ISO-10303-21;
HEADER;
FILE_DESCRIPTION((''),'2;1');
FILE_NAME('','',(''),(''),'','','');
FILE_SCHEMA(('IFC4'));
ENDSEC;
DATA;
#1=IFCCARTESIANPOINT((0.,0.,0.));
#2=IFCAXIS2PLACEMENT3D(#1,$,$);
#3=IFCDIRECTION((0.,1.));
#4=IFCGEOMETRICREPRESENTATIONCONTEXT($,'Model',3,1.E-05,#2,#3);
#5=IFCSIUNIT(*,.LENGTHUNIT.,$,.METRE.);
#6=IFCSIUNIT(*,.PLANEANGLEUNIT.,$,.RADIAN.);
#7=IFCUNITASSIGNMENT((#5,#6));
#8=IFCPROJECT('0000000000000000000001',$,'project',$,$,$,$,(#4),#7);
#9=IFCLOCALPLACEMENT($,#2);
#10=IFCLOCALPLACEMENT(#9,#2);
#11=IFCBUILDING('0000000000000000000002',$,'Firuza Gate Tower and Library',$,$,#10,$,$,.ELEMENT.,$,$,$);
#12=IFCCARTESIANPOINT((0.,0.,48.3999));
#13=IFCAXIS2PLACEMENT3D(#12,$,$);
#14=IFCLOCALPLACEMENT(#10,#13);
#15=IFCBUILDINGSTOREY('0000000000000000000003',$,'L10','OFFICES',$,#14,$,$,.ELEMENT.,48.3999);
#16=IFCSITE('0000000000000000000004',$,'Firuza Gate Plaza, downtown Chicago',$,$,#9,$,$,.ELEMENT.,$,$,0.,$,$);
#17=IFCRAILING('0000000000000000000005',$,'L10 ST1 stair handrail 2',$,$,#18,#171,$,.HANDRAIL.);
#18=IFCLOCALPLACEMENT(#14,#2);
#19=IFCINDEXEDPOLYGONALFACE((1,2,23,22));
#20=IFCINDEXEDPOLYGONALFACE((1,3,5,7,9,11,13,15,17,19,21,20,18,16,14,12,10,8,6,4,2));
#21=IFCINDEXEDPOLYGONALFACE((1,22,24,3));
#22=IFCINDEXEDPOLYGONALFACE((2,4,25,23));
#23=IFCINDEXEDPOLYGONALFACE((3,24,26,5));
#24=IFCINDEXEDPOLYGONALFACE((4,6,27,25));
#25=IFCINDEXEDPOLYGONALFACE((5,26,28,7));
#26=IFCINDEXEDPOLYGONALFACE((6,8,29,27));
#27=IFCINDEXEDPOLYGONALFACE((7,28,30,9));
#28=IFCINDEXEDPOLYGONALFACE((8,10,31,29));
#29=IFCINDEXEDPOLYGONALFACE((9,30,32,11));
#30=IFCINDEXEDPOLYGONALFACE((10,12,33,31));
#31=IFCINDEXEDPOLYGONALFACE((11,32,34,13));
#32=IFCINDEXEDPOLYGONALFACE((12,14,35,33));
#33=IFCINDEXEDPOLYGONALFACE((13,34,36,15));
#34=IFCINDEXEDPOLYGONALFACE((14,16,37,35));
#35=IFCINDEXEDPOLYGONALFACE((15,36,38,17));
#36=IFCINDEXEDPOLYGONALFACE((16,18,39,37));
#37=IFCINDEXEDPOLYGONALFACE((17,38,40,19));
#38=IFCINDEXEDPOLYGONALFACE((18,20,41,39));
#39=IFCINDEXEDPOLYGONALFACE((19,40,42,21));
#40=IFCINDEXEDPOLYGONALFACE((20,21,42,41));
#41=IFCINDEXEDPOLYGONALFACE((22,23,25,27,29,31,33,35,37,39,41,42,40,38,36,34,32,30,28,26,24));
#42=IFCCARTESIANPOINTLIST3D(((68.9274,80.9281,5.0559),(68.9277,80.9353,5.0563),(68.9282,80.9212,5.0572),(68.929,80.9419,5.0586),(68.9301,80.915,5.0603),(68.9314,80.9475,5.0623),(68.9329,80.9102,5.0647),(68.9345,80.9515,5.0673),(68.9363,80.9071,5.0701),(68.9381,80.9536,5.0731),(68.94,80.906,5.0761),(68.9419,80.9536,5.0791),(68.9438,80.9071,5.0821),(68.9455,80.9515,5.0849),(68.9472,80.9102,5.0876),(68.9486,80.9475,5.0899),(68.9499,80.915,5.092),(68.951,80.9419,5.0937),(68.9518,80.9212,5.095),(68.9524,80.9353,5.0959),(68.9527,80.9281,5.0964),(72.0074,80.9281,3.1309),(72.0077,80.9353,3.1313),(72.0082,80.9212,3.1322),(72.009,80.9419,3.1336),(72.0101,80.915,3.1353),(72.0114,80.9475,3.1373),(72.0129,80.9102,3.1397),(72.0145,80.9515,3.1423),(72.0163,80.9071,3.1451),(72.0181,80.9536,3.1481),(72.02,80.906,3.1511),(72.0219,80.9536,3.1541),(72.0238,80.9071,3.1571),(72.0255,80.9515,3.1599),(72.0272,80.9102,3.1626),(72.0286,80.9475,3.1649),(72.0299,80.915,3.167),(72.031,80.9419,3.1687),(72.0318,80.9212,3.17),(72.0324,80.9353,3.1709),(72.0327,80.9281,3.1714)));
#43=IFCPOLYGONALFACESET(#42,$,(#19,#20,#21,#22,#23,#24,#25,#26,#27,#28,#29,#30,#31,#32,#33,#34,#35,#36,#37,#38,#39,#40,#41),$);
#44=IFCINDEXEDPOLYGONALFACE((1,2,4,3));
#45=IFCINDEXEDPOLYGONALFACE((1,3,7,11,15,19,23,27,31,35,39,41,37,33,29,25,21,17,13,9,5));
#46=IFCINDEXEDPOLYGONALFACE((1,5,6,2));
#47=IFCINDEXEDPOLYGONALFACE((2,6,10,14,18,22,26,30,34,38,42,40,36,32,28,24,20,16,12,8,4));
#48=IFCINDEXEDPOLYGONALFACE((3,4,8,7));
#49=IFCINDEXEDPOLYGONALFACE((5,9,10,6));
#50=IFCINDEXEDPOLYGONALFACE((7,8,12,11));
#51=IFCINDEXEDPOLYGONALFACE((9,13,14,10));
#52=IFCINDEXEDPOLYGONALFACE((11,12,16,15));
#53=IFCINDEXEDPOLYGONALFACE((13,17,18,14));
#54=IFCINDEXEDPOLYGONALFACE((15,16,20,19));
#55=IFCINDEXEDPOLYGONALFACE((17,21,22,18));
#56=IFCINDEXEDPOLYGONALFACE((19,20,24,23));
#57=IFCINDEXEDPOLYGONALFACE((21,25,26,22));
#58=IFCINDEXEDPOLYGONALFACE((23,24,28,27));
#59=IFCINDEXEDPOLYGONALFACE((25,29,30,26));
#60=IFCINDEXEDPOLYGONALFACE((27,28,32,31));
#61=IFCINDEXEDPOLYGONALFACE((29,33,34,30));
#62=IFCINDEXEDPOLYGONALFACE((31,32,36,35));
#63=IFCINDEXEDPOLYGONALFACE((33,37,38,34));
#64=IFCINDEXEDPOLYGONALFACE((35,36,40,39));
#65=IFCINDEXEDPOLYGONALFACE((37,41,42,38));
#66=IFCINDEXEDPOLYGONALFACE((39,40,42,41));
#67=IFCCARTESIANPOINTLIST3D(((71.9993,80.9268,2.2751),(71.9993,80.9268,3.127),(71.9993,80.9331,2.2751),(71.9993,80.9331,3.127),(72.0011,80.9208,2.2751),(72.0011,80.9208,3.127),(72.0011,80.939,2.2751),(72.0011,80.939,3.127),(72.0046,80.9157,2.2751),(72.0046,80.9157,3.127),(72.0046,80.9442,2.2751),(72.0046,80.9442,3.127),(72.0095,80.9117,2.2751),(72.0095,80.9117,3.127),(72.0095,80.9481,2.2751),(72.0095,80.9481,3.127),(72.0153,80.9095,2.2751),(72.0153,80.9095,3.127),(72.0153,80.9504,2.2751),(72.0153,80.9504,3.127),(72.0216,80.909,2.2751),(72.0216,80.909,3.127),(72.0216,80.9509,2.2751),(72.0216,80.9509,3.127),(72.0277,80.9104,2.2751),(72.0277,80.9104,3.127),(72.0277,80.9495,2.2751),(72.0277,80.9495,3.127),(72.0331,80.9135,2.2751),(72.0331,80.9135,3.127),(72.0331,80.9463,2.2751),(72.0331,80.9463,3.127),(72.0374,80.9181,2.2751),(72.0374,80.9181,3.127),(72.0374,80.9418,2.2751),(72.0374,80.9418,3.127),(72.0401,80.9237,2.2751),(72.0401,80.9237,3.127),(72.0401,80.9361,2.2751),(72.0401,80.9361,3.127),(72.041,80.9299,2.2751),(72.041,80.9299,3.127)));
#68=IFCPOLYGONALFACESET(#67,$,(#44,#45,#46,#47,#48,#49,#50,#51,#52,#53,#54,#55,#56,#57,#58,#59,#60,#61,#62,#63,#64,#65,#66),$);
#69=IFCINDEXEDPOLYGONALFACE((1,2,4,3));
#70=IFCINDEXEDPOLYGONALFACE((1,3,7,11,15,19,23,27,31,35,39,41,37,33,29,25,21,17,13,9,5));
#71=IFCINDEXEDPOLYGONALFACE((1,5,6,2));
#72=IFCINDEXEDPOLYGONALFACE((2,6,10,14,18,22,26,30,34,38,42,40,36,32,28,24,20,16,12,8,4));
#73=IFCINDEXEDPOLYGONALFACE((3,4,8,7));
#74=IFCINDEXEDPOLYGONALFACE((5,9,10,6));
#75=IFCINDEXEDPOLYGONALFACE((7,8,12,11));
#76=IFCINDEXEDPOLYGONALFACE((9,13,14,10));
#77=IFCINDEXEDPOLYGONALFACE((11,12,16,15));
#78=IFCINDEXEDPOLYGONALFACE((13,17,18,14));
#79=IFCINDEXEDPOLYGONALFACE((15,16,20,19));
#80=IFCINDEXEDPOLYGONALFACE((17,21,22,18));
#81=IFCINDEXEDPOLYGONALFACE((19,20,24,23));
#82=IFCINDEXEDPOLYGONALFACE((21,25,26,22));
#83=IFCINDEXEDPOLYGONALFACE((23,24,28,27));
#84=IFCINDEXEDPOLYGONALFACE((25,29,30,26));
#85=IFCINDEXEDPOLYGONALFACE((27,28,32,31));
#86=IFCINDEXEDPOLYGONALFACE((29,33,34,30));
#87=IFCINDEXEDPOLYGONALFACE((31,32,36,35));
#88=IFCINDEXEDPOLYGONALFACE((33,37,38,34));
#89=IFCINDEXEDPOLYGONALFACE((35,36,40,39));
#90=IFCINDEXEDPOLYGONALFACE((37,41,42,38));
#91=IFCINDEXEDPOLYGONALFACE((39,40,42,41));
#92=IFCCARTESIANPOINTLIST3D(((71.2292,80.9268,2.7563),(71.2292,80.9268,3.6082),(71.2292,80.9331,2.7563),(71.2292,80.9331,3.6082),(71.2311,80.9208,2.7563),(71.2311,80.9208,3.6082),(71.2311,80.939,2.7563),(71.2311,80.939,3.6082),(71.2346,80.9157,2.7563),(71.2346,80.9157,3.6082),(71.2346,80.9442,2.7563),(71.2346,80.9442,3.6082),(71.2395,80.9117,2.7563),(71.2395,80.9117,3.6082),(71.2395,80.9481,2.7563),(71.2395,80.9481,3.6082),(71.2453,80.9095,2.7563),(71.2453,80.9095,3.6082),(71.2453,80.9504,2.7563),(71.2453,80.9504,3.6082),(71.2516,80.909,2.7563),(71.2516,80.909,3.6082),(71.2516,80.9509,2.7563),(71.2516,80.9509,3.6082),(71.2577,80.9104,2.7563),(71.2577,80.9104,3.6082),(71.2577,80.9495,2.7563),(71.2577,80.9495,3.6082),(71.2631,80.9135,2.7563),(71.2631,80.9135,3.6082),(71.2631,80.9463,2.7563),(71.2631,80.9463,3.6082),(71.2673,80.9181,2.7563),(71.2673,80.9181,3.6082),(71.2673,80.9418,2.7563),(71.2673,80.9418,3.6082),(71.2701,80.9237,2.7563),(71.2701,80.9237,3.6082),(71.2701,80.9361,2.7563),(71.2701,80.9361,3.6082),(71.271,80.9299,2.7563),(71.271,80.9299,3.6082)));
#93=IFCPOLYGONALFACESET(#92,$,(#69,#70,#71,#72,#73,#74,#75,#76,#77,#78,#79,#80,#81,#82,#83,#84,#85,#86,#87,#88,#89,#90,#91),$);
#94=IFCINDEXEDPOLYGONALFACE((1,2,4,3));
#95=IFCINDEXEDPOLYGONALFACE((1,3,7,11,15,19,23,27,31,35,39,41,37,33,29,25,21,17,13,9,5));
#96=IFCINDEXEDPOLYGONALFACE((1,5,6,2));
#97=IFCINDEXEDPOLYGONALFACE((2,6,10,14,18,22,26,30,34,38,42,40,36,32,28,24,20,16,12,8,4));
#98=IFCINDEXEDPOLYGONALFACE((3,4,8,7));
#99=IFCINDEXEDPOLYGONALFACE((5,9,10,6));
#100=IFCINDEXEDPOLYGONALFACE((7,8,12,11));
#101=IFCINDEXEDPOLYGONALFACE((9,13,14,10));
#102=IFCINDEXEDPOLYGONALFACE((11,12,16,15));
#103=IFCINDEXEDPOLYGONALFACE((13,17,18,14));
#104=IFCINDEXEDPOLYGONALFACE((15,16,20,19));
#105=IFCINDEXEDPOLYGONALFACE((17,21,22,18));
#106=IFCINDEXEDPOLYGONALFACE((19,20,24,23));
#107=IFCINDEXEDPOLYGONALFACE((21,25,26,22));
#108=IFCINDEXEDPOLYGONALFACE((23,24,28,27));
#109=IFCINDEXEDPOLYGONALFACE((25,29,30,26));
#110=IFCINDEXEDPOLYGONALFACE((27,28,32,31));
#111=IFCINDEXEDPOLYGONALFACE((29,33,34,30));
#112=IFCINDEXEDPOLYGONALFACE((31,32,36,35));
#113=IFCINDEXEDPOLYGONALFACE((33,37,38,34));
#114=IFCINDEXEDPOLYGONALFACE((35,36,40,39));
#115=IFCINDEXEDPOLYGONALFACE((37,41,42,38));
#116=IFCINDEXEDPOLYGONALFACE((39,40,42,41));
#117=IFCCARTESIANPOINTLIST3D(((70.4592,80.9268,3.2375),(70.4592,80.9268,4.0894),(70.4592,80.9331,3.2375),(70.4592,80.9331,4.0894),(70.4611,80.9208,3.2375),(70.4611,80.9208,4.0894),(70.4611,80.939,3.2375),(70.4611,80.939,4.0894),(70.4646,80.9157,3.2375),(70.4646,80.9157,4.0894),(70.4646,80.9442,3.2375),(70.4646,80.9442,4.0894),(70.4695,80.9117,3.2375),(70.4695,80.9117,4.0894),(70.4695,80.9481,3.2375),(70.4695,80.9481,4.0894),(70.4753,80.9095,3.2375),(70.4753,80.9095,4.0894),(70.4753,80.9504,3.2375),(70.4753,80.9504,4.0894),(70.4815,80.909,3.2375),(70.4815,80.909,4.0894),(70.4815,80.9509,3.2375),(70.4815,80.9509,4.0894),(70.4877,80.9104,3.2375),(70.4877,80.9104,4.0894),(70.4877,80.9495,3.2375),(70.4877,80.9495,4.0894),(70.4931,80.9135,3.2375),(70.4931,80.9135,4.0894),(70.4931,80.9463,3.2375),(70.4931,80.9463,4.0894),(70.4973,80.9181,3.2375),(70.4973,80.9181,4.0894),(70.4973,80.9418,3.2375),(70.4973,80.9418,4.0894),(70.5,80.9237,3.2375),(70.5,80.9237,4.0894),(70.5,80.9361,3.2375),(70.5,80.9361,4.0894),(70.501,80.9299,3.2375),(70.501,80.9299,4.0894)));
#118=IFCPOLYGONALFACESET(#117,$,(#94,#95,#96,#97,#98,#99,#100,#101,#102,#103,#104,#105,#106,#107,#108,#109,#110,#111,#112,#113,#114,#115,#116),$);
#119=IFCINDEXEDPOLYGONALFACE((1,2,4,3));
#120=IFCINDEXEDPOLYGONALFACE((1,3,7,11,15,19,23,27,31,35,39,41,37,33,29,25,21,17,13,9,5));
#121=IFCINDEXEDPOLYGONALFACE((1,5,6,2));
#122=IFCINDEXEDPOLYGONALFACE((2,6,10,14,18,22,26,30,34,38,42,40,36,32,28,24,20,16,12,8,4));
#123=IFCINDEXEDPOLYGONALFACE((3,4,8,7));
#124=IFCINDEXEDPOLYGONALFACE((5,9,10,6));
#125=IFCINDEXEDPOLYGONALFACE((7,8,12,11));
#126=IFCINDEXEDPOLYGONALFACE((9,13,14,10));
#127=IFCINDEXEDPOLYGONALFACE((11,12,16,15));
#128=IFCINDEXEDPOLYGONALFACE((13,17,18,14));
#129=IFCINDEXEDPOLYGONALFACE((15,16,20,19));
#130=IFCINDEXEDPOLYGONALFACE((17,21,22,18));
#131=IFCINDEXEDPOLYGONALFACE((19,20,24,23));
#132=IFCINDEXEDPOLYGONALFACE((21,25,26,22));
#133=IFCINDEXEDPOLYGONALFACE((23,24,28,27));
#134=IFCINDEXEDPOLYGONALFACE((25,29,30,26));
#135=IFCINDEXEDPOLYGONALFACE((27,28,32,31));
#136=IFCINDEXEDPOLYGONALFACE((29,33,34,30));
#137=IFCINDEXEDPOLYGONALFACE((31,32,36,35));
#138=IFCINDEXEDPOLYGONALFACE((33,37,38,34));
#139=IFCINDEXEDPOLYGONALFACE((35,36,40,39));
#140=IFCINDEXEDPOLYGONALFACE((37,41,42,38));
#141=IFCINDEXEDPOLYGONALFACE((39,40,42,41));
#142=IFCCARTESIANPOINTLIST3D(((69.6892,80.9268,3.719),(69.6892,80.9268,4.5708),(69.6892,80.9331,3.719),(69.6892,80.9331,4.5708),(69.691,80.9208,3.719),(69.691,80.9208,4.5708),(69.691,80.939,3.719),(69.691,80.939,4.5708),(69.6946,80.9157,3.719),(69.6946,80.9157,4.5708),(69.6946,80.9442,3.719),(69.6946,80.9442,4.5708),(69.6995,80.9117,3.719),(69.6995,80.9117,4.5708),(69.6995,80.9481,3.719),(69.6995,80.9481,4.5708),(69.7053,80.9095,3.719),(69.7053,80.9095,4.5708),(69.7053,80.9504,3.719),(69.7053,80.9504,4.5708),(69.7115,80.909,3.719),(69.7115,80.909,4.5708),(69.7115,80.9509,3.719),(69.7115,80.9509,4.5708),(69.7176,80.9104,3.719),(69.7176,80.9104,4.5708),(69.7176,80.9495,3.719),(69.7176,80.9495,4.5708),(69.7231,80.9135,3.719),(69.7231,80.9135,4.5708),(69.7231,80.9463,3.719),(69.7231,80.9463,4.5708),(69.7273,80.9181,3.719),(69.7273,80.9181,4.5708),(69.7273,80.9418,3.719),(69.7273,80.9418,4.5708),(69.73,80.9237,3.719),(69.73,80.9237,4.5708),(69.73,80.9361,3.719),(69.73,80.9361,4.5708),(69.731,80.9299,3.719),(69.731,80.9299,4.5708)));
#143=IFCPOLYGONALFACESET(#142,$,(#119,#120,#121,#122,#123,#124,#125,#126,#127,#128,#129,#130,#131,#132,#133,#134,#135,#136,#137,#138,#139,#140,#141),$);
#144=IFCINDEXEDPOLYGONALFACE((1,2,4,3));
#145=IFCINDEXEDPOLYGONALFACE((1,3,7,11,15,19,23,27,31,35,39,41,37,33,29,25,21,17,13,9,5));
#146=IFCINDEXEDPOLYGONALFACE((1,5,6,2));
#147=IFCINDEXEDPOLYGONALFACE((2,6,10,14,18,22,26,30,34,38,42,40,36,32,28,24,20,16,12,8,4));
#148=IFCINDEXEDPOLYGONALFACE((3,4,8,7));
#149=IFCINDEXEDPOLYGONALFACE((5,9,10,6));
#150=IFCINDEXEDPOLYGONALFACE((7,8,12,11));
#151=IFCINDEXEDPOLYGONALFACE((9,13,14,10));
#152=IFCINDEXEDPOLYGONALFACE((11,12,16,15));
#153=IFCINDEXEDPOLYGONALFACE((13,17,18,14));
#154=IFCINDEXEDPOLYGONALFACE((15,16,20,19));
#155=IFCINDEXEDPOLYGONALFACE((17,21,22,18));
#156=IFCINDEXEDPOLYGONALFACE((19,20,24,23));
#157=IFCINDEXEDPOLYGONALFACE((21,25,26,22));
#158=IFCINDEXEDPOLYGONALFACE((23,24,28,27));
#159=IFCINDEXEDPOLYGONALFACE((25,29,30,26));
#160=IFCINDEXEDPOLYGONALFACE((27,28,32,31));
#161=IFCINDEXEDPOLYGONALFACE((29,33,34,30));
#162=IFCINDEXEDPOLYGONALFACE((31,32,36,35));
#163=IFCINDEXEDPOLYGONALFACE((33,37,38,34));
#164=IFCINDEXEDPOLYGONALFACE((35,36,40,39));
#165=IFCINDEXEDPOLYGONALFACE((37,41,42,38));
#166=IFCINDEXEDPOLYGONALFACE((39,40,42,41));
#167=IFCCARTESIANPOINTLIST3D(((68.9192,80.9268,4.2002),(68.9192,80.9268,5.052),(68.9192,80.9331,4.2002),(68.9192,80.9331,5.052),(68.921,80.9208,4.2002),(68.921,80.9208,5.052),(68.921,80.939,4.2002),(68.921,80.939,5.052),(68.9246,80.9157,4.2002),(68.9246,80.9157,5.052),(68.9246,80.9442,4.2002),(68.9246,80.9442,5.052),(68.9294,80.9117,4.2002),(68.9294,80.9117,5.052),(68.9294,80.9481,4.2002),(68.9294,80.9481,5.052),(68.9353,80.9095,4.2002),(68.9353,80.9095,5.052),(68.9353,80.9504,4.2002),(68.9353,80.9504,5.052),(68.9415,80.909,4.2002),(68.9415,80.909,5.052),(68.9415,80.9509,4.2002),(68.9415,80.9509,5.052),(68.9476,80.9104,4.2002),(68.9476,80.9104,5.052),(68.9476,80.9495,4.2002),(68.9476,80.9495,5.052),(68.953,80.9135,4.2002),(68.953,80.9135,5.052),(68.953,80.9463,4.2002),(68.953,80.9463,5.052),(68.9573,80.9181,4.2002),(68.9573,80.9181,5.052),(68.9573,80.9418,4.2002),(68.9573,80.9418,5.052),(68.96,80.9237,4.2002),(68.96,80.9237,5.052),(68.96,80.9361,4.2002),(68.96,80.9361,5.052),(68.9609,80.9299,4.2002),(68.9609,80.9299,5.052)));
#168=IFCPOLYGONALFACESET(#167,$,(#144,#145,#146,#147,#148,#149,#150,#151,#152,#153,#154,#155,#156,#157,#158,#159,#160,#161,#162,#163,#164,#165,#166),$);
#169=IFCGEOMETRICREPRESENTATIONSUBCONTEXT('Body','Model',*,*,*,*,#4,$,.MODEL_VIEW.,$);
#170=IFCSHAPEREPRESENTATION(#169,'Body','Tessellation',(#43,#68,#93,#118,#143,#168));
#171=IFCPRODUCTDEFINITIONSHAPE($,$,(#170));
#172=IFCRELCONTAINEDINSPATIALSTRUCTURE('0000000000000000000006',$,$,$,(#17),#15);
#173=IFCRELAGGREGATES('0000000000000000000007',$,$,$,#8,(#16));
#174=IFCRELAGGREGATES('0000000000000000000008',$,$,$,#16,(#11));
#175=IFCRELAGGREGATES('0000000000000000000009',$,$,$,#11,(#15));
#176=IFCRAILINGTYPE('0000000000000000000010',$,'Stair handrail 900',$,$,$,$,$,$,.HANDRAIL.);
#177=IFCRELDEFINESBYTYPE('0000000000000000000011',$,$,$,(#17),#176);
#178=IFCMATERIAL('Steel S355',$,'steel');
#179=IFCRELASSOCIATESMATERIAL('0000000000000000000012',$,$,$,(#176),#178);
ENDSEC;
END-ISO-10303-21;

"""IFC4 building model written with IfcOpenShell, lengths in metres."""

from ifc_helpers import new_model, si_unit, direction, frame, origin, origin_2d, place, context, subcontext, project, spatial, circle, extrude, material, type_object, element, save


model = new_model("IFC4")

# Units and contexts
model_context = context("Model", 3, precision=1e-05, world=origin(), true_north=direction((0.0, 1.0)))
body_context = subcontext(model_context, "Body", "Model", "MODEL_VIEW")
ifc_project = project(units=[si_unit("LENGTHUNIT", "METRE"), si_unit("PLANEANGLEUNIT", "RADIAN")], contexts=[model_context])

# Site, building, storey
site_placement = place(None, origin())
site = spatial("IfcSite", under=ifc_project, at=site_placement, Name="Firuza Gate Plaza, downtown Chicago", CompositionType="ELEMENT", RefElevation=0.0)
building_placement = place(site_placement, origin())
building = spatial("IfcBuilding", under=site, at=building_placement, Name="Firuza Gate Tower and Library", CompositionType="ELEMENT")
storey_placement = place(building_placement, frame((0.0, 0.0, 48.3999)))
storey = spatial("IfcBuildingStorey", under=building, at=storey_placement, Name="L10", Description="OFFICES", CompositionType="ELEMENT", Elevation=48.3999)

# Railing
ifc_material_1 = material(Name="Steel S355", Category="steel")
railing_type_1 = type_object("IfcRailingType", Name="Stair handrail 900", PredefinedType="HANDRAIL", material=ifc_material_1)
railing_1_placement = place(storey_placement, frame((72.02, 80.9299, 2.2751)))
element("IfcRailing", 1, at=railing_1_placement, inside=storey, type_object=railing_type_1, Name="L10 ST1 stair handrail 2", PredefinedType="HANDRAIL", context=body_context, shape_type="SweptSolid", body=[
    extrude(circle(Radius=0.0239, at=origin_2d()), frame((0.0, 0.0, 0.876), z_axis=(-0.847998, 0.0, 0.529999), x_axis=(0.0, -1.0, 0.0)), (0.0, 0.0, 1.0), 3.6321),
    extrude(circle(Radius=0.021, at=origin_2d()), origin(), (0.0, 0.0, 1.0), 0.8518),
    extrude(circle(Radius=0.021, at=origin_2d()), frame((-0.77, 0.0, 0.4812)), (0.0, 0.0, 1.0), 0.8518),
    extrude(circle(Radius=0.021, at=origin_2d()), frame((-1.54, 0.0, 0.9624)), (0.0, 0.0, 1.0), 0.8518),
    extrude(circle(Radius=0.021, at=origin_2d()), frame((-2.3101, 0.0, 1.4438)), (0.0, 0.0, 1.0), 0.8518),
    extrude(circle(Radius=0.021, at=origin_2d()), frame((-3.0801, 0.0, 1.925)), (0.0, 0.0, 1.0), 0.8518),
])

save(model, "model.ifc")
